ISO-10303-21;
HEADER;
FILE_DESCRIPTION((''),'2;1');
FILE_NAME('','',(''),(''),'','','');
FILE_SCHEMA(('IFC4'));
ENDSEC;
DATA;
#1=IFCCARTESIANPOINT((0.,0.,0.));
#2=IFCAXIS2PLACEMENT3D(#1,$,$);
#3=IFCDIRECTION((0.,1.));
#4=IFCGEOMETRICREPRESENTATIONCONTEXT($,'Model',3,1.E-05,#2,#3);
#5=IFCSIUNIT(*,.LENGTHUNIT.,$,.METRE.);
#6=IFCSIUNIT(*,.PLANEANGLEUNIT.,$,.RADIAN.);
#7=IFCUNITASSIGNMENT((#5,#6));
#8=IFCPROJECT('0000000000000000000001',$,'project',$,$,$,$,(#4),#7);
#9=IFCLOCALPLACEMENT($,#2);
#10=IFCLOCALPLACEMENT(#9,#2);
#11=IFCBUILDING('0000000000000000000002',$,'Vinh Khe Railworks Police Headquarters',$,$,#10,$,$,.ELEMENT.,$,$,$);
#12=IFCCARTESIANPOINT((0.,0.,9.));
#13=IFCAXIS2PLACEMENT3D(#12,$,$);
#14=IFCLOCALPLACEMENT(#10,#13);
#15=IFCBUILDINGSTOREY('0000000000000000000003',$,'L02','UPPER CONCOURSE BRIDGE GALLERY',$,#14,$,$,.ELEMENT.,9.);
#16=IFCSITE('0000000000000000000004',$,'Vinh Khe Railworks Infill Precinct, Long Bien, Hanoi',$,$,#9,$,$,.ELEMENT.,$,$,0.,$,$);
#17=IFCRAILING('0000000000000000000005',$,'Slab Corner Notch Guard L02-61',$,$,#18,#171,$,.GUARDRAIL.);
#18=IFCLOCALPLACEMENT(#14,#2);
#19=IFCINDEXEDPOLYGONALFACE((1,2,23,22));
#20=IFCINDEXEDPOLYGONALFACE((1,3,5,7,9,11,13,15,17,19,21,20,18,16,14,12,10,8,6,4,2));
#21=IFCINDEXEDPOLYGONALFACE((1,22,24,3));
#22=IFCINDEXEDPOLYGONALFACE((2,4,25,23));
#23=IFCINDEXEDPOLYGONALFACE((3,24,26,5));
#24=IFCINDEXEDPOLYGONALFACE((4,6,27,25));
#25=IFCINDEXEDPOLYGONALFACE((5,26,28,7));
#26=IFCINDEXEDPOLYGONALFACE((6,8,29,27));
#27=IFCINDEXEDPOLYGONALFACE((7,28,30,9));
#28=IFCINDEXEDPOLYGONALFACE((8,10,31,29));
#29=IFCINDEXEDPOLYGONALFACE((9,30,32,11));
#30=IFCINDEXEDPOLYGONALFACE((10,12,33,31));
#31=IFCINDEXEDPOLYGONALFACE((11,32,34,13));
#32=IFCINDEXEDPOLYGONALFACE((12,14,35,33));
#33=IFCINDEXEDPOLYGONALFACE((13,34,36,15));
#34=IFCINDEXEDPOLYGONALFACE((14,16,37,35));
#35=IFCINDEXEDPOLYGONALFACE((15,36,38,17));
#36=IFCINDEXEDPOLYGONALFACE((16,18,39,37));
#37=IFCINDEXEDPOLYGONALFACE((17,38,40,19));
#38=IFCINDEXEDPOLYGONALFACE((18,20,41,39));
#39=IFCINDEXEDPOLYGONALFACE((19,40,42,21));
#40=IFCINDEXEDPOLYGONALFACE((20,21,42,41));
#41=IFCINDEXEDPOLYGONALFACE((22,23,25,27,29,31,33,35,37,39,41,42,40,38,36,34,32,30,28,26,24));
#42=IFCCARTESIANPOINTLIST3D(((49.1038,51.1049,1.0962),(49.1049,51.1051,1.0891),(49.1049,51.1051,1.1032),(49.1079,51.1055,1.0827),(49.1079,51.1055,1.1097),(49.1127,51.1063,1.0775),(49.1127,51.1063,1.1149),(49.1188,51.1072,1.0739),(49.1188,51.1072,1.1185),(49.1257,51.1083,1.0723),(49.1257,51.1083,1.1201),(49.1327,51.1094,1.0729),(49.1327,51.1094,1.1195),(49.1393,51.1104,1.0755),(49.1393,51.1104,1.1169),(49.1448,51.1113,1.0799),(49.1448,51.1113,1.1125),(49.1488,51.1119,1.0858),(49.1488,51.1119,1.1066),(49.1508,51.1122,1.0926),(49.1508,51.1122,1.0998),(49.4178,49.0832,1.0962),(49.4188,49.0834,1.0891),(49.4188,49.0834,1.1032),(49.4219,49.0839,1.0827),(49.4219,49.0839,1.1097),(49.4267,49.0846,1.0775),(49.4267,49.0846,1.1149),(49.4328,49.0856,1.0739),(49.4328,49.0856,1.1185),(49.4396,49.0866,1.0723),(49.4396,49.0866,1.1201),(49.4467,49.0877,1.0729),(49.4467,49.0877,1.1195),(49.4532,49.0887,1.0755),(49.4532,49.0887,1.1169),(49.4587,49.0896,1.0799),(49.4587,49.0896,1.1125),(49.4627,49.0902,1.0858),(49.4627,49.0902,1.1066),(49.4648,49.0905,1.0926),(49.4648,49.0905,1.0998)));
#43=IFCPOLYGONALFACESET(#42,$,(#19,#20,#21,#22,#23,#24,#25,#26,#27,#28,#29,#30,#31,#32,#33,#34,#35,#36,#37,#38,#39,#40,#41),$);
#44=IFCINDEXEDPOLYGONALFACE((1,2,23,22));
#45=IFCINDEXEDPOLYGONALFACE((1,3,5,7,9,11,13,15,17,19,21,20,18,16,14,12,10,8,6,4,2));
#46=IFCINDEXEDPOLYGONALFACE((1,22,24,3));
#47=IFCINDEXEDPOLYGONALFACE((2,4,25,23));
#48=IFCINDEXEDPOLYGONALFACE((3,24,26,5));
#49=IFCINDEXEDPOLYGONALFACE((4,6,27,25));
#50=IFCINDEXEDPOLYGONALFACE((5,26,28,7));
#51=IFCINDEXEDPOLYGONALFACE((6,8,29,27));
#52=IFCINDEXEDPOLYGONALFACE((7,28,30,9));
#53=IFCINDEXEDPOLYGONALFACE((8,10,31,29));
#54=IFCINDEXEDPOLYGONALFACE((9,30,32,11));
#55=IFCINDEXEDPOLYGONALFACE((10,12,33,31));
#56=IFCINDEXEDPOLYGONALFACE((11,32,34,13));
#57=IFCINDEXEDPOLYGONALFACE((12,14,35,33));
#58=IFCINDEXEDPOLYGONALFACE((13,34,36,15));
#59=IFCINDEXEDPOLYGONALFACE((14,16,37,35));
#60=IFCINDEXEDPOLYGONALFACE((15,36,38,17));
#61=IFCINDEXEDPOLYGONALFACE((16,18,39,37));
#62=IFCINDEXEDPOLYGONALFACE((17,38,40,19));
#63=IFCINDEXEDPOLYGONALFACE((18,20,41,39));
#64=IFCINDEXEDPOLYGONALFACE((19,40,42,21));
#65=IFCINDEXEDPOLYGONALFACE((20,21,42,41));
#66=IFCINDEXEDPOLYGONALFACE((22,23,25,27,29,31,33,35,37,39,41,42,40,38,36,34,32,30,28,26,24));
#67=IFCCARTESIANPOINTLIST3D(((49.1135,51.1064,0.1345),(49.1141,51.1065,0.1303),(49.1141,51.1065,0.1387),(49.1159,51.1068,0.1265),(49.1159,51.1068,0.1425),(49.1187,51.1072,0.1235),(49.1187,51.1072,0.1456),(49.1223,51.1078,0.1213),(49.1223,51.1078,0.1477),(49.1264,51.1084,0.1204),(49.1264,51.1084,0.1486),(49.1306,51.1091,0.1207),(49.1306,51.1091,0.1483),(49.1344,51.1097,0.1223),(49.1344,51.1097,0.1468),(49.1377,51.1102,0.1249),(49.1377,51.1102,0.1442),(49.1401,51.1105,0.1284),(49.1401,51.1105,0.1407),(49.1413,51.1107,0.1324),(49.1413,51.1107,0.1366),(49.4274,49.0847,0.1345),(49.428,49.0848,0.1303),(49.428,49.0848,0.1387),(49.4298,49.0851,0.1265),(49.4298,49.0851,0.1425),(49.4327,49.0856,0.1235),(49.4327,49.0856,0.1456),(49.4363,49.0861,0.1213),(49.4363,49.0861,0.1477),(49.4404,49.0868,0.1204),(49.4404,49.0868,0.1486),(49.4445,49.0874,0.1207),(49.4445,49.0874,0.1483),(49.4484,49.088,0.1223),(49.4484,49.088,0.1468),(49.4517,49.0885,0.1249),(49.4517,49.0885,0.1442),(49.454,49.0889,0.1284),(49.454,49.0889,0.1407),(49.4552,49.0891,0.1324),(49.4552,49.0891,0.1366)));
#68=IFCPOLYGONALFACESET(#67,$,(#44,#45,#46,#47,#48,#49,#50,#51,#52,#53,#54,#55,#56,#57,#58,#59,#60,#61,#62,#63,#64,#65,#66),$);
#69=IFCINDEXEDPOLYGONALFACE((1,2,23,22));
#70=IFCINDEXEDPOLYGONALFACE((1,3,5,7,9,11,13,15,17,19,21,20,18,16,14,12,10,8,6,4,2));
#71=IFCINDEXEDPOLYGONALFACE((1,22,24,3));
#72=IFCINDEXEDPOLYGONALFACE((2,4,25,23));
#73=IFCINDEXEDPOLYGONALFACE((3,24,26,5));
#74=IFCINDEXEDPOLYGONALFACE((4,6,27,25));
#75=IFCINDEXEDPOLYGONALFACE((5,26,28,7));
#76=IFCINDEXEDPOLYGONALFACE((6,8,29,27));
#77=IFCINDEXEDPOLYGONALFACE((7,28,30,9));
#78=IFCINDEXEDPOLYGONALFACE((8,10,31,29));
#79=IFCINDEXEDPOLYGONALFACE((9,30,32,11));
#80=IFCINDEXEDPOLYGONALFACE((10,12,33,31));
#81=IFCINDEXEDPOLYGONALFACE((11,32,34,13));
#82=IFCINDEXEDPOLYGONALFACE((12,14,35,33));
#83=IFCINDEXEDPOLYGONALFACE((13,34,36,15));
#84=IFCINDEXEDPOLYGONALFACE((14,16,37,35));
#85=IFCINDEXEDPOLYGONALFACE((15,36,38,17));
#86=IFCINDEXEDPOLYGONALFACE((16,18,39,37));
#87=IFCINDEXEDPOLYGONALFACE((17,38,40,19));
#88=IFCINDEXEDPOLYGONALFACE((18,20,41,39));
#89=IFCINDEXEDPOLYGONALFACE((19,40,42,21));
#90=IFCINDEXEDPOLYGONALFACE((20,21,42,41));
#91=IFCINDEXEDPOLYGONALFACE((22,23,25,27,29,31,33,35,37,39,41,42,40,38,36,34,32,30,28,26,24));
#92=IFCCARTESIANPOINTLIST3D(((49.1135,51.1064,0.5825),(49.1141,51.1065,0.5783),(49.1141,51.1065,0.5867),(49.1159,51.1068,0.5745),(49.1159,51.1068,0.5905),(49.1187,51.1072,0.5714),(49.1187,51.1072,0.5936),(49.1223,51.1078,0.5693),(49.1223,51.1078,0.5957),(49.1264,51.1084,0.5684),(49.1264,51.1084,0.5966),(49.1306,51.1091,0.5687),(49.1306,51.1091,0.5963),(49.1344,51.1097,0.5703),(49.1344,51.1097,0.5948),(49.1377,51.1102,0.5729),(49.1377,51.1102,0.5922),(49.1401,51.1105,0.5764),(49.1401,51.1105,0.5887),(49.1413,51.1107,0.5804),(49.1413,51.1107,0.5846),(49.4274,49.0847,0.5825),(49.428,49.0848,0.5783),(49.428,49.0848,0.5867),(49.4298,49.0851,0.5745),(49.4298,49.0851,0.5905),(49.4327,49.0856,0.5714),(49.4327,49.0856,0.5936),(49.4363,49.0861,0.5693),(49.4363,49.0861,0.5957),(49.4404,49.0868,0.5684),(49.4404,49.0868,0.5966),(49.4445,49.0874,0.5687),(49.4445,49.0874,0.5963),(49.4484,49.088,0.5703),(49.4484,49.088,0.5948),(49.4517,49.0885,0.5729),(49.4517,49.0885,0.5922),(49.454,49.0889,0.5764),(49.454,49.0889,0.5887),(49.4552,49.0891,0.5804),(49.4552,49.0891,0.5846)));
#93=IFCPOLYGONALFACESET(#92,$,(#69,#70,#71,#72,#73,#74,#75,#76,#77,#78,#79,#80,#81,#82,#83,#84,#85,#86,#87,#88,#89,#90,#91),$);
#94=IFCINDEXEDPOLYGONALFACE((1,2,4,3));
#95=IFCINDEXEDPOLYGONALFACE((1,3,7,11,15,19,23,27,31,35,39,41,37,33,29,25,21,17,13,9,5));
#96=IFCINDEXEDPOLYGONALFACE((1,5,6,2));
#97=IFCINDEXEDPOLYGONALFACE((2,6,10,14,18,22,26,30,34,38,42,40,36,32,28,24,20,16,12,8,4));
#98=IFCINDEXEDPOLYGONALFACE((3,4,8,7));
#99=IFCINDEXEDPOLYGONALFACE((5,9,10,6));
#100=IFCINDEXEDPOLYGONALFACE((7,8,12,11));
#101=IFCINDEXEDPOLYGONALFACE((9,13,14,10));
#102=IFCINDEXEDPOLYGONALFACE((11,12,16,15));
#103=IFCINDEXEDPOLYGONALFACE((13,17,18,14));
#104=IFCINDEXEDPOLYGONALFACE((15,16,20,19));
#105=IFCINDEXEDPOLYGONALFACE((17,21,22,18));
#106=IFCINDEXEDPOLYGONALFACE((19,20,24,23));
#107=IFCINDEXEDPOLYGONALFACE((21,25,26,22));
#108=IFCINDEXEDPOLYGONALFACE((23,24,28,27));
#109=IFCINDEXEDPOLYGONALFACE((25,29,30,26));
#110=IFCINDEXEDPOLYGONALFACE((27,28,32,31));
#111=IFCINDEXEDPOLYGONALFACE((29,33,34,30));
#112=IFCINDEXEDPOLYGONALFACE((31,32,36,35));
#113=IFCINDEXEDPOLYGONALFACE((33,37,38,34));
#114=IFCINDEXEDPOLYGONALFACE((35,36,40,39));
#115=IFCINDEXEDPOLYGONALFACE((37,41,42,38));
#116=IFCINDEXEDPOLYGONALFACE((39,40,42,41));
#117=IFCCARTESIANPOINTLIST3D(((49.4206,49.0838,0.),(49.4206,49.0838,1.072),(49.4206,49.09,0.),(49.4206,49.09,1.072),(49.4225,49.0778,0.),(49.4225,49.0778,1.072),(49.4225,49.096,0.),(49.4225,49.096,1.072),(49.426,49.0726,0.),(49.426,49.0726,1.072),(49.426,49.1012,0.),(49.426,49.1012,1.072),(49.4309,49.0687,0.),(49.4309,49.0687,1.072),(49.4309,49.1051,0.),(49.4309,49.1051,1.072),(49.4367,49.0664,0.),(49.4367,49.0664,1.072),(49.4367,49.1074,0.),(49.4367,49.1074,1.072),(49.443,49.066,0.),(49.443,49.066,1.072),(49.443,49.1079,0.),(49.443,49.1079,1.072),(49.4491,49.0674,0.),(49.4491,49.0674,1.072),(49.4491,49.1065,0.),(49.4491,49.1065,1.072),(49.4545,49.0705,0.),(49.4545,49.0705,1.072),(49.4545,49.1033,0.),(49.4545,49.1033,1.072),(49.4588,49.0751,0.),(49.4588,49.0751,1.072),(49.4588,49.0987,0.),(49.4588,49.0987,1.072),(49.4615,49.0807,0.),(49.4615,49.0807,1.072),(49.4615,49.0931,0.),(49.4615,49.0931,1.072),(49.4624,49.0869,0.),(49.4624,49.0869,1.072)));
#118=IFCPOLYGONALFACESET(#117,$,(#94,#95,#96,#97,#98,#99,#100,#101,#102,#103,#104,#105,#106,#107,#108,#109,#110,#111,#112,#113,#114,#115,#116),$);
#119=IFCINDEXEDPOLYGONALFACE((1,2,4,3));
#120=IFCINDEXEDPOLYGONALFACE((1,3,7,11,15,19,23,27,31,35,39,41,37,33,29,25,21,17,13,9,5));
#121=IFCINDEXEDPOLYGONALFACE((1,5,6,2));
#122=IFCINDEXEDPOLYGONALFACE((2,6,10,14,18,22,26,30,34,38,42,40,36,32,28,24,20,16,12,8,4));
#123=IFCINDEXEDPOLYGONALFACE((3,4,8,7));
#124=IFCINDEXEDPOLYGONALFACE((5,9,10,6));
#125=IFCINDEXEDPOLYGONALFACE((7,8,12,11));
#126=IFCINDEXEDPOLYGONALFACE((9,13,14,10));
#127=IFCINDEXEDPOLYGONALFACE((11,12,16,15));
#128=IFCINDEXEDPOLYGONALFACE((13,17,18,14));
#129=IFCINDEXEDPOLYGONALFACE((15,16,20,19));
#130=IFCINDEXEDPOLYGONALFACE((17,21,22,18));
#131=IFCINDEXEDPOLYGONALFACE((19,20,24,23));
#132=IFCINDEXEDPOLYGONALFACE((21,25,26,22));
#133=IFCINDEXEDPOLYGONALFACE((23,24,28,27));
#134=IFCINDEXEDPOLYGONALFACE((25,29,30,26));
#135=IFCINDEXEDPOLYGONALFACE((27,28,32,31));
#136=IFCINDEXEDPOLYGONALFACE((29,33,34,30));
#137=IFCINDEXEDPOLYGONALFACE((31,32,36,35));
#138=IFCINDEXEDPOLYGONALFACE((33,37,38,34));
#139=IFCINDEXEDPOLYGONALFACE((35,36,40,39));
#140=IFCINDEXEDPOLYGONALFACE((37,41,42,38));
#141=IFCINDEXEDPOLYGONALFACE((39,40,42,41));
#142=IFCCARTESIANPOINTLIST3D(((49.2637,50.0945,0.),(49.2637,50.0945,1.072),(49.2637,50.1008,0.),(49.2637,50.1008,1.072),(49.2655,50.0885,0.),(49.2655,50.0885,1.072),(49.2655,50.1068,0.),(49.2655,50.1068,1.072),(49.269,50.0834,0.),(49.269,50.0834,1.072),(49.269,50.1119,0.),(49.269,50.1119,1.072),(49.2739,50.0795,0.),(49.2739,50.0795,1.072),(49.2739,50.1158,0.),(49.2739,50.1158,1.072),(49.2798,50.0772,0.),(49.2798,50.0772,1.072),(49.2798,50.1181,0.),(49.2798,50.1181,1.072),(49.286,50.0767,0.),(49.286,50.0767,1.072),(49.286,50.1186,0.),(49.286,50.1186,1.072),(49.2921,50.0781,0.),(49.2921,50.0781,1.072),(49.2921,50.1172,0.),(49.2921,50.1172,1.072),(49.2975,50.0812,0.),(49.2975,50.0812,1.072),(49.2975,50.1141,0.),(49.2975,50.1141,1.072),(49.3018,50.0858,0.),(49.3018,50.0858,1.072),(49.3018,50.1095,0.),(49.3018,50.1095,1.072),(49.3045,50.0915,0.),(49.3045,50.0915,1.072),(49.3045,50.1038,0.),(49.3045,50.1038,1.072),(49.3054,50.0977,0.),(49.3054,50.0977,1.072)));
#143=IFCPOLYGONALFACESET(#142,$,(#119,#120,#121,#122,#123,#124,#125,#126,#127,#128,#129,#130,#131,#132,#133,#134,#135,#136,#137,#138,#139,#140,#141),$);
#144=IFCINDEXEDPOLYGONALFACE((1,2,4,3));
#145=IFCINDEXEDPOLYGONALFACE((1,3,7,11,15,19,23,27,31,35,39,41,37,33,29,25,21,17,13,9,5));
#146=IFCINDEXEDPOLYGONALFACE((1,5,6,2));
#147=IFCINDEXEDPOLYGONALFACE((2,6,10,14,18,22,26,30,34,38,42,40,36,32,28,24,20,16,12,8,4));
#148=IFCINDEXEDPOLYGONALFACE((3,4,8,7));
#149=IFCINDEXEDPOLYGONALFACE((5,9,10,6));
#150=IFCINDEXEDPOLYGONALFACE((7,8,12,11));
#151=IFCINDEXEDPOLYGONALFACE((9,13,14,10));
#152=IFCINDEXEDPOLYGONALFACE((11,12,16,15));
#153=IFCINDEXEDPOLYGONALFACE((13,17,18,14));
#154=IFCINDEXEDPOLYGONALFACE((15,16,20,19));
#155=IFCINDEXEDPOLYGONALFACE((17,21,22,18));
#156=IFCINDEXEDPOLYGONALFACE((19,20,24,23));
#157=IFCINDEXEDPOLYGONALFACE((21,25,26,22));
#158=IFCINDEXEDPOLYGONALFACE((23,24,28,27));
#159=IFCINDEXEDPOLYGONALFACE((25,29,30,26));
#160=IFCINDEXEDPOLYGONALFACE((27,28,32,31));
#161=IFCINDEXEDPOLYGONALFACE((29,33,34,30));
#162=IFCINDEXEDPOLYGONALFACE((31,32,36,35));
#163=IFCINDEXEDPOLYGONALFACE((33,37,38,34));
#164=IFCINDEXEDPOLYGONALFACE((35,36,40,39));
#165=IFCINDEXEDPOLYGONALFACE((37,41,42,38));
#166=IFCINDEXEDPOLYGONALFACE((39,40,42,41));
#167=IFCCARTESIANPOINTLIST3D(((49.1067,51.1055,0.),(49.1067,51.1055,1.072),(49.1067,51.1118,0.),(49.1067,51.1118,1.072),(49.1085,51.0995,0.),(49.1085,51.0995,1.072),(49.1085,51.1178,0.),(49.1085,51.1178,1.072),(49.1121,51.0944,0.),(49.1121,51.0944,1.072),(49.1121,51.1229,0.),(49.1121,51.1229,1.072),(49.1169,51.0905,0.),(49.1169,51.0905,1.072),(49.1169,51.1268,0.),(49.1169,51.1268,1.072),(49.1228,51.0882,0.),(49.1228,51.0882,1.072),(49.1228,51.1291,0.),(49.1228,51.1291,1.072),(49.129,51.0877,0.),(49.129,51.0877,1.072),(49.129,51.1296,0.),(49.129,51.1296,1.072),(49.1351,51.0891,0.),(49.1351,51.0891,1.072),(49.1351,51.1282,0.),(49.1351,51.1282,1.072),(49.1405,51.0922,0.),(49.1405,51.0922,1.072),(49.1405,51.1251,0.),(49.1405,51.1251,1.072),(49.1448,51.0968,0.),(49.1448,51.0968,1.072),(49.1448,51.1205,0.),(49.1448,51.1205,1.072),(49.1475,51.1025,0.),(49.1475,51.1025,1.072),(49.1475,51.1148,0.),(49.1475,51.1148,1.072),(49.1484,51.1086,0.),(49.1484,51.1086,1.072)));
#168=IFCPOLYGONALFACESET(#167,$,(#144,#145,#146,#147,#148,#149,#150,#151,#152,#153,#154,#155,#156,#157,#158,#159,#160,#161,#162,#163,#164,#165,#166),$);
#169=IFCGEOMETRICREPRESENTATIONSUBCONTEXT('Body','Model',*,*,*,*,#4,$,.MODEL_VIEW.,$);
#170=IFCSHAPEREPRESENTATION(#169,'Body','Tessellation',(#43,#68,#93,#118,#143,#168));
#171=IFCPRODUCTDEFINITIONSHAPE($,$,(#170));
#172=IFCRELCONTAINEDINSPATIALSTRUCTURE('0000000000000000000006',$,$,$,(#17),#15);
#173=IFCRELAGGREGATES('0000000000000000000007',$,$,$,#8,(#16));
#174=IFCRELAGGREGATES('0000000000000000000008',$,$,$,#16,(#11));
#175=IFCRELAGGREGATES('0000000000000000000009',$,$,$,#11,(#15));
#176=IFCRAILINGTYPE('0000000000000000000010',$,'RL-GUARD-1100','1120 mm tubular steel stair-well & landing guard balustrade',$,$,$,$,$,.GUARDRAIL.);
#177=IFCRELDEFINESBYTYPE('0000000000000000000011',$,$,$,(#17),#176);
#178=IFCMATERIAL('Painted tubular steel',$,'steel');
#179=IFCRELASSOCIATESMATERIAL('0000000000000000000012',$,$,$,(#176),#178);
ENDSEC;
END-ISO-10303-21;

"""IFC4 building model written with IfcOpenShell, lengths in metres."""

from ifc_helpers import new_model, si_unit, direction, frame, origin, origin_2d, place, context, subcontext, project, spatial, circle, extrude, material, type_object, element, save


model = new_model("IFC4")

# Units and contexts
model_context = context("Model", 3, precision=1e-05, world=origin(), true_north=direction((0.0, 1.0)))
body_context = subcontext(model_context, "Body", "Model", "MODEL_VIEW")
ifc_project = project(units=[si_unit("LENGTHUNIT", "METRE"), si_unit("PLANEANGLEUNIT", "RADIAN")], contexts=[model_context])

# Site, building, storey
site_placement = place(None, origin())
site = spatial("IfcSite", under=ifc_project, at=site_placement, Name="Vinh Khe Railworks Infill Precinct, Long Bien, Hanoi", CompositionType="ELEMENT", RefElevation=0.0)
building_placement = place(site_placement, origin())
building = spatial("IfcBuilding", under=site, at=building_placement, Name="Vinh Khe Railworks Police Headquarters", CompositionType="ELEMENT")
storey_placement = place(building_placement, frame((0.0, 0.0, 9.0)))
storey = spatial("IfcBuildingStorey", under=building, at=storey_placement, Name="L02", Description="UPPER CONCOURSE BRIDGE GALLERY", CompositionType="ELEMENT", Elevation=9.0)

# Railing
ifc_material_1 = material(Name="Painted tubular steel", Category="steel")
railing_type = type_object("IfcRailingType", Name="RL-GUARD-1100", Description="1120 mm tubular steel stair-well & landing guard balustrade", PredefinedType="GUARDRAIL", material=ifc_material_1)
railing_1_placement = place(storey_placement, frame((49.4414, 49.0869, 0.0)))
element("IfcRailing", 1, at=railing_1_placement, inside=storey, type_object=railing_type, Name="Slab Corner Notch Guard L02-61", PredefinedType="GUARDRAIL", context=body_context, shape_type="SweptSolid", body=[
    extrude(circle(Radius=0.0239, at=origin_2d()), frame((0.0, 0.0, 1.0962), z_axis=(-0.153456, 0.988156, 0.0), x_axis=(-0.988156, -0.153456, 0.0)), (0.0, 0.0, 1.0), 2.0459),
    extrude(circle(Radius=0.0142, at=origin_2d()), frame((0.0, 0.0, 0.1345), z_axis=(-0.153456, 0.988156, 0.0), x_axis=(-0.988156, -0.153456, 0.0)), (0.0, 0.0, 1.0), 2.0459),
    extrude(circle(Radius=0.0142, at=origin_2d()), frame((0.0, 0.0, 0.5825), z_axis=(-0.153456, 0.988156, 0.0), x_axis=(-0.988156, -0.153456, 0.0)), (0.0, 0.0, 1.0), 2.0459),
    extrude(circle(Radius=0.021, at=origin_2d()), origin(), (0.0, 0.0, 1.0), 1.072),
    extrude(circle(Radius=0.021, at=origin_2d()), frame((-0.157, 1.0107, 0.0)), (0.0, 0.0, 1.0), 1.072),
    extrude(circle(Radius=0.021, at=origin_2d()), frame((-0.314, 2.0217, 0.0)), (0.0, 0.0, 1.0), 1.072),
])

save(model, "model.ifc")
